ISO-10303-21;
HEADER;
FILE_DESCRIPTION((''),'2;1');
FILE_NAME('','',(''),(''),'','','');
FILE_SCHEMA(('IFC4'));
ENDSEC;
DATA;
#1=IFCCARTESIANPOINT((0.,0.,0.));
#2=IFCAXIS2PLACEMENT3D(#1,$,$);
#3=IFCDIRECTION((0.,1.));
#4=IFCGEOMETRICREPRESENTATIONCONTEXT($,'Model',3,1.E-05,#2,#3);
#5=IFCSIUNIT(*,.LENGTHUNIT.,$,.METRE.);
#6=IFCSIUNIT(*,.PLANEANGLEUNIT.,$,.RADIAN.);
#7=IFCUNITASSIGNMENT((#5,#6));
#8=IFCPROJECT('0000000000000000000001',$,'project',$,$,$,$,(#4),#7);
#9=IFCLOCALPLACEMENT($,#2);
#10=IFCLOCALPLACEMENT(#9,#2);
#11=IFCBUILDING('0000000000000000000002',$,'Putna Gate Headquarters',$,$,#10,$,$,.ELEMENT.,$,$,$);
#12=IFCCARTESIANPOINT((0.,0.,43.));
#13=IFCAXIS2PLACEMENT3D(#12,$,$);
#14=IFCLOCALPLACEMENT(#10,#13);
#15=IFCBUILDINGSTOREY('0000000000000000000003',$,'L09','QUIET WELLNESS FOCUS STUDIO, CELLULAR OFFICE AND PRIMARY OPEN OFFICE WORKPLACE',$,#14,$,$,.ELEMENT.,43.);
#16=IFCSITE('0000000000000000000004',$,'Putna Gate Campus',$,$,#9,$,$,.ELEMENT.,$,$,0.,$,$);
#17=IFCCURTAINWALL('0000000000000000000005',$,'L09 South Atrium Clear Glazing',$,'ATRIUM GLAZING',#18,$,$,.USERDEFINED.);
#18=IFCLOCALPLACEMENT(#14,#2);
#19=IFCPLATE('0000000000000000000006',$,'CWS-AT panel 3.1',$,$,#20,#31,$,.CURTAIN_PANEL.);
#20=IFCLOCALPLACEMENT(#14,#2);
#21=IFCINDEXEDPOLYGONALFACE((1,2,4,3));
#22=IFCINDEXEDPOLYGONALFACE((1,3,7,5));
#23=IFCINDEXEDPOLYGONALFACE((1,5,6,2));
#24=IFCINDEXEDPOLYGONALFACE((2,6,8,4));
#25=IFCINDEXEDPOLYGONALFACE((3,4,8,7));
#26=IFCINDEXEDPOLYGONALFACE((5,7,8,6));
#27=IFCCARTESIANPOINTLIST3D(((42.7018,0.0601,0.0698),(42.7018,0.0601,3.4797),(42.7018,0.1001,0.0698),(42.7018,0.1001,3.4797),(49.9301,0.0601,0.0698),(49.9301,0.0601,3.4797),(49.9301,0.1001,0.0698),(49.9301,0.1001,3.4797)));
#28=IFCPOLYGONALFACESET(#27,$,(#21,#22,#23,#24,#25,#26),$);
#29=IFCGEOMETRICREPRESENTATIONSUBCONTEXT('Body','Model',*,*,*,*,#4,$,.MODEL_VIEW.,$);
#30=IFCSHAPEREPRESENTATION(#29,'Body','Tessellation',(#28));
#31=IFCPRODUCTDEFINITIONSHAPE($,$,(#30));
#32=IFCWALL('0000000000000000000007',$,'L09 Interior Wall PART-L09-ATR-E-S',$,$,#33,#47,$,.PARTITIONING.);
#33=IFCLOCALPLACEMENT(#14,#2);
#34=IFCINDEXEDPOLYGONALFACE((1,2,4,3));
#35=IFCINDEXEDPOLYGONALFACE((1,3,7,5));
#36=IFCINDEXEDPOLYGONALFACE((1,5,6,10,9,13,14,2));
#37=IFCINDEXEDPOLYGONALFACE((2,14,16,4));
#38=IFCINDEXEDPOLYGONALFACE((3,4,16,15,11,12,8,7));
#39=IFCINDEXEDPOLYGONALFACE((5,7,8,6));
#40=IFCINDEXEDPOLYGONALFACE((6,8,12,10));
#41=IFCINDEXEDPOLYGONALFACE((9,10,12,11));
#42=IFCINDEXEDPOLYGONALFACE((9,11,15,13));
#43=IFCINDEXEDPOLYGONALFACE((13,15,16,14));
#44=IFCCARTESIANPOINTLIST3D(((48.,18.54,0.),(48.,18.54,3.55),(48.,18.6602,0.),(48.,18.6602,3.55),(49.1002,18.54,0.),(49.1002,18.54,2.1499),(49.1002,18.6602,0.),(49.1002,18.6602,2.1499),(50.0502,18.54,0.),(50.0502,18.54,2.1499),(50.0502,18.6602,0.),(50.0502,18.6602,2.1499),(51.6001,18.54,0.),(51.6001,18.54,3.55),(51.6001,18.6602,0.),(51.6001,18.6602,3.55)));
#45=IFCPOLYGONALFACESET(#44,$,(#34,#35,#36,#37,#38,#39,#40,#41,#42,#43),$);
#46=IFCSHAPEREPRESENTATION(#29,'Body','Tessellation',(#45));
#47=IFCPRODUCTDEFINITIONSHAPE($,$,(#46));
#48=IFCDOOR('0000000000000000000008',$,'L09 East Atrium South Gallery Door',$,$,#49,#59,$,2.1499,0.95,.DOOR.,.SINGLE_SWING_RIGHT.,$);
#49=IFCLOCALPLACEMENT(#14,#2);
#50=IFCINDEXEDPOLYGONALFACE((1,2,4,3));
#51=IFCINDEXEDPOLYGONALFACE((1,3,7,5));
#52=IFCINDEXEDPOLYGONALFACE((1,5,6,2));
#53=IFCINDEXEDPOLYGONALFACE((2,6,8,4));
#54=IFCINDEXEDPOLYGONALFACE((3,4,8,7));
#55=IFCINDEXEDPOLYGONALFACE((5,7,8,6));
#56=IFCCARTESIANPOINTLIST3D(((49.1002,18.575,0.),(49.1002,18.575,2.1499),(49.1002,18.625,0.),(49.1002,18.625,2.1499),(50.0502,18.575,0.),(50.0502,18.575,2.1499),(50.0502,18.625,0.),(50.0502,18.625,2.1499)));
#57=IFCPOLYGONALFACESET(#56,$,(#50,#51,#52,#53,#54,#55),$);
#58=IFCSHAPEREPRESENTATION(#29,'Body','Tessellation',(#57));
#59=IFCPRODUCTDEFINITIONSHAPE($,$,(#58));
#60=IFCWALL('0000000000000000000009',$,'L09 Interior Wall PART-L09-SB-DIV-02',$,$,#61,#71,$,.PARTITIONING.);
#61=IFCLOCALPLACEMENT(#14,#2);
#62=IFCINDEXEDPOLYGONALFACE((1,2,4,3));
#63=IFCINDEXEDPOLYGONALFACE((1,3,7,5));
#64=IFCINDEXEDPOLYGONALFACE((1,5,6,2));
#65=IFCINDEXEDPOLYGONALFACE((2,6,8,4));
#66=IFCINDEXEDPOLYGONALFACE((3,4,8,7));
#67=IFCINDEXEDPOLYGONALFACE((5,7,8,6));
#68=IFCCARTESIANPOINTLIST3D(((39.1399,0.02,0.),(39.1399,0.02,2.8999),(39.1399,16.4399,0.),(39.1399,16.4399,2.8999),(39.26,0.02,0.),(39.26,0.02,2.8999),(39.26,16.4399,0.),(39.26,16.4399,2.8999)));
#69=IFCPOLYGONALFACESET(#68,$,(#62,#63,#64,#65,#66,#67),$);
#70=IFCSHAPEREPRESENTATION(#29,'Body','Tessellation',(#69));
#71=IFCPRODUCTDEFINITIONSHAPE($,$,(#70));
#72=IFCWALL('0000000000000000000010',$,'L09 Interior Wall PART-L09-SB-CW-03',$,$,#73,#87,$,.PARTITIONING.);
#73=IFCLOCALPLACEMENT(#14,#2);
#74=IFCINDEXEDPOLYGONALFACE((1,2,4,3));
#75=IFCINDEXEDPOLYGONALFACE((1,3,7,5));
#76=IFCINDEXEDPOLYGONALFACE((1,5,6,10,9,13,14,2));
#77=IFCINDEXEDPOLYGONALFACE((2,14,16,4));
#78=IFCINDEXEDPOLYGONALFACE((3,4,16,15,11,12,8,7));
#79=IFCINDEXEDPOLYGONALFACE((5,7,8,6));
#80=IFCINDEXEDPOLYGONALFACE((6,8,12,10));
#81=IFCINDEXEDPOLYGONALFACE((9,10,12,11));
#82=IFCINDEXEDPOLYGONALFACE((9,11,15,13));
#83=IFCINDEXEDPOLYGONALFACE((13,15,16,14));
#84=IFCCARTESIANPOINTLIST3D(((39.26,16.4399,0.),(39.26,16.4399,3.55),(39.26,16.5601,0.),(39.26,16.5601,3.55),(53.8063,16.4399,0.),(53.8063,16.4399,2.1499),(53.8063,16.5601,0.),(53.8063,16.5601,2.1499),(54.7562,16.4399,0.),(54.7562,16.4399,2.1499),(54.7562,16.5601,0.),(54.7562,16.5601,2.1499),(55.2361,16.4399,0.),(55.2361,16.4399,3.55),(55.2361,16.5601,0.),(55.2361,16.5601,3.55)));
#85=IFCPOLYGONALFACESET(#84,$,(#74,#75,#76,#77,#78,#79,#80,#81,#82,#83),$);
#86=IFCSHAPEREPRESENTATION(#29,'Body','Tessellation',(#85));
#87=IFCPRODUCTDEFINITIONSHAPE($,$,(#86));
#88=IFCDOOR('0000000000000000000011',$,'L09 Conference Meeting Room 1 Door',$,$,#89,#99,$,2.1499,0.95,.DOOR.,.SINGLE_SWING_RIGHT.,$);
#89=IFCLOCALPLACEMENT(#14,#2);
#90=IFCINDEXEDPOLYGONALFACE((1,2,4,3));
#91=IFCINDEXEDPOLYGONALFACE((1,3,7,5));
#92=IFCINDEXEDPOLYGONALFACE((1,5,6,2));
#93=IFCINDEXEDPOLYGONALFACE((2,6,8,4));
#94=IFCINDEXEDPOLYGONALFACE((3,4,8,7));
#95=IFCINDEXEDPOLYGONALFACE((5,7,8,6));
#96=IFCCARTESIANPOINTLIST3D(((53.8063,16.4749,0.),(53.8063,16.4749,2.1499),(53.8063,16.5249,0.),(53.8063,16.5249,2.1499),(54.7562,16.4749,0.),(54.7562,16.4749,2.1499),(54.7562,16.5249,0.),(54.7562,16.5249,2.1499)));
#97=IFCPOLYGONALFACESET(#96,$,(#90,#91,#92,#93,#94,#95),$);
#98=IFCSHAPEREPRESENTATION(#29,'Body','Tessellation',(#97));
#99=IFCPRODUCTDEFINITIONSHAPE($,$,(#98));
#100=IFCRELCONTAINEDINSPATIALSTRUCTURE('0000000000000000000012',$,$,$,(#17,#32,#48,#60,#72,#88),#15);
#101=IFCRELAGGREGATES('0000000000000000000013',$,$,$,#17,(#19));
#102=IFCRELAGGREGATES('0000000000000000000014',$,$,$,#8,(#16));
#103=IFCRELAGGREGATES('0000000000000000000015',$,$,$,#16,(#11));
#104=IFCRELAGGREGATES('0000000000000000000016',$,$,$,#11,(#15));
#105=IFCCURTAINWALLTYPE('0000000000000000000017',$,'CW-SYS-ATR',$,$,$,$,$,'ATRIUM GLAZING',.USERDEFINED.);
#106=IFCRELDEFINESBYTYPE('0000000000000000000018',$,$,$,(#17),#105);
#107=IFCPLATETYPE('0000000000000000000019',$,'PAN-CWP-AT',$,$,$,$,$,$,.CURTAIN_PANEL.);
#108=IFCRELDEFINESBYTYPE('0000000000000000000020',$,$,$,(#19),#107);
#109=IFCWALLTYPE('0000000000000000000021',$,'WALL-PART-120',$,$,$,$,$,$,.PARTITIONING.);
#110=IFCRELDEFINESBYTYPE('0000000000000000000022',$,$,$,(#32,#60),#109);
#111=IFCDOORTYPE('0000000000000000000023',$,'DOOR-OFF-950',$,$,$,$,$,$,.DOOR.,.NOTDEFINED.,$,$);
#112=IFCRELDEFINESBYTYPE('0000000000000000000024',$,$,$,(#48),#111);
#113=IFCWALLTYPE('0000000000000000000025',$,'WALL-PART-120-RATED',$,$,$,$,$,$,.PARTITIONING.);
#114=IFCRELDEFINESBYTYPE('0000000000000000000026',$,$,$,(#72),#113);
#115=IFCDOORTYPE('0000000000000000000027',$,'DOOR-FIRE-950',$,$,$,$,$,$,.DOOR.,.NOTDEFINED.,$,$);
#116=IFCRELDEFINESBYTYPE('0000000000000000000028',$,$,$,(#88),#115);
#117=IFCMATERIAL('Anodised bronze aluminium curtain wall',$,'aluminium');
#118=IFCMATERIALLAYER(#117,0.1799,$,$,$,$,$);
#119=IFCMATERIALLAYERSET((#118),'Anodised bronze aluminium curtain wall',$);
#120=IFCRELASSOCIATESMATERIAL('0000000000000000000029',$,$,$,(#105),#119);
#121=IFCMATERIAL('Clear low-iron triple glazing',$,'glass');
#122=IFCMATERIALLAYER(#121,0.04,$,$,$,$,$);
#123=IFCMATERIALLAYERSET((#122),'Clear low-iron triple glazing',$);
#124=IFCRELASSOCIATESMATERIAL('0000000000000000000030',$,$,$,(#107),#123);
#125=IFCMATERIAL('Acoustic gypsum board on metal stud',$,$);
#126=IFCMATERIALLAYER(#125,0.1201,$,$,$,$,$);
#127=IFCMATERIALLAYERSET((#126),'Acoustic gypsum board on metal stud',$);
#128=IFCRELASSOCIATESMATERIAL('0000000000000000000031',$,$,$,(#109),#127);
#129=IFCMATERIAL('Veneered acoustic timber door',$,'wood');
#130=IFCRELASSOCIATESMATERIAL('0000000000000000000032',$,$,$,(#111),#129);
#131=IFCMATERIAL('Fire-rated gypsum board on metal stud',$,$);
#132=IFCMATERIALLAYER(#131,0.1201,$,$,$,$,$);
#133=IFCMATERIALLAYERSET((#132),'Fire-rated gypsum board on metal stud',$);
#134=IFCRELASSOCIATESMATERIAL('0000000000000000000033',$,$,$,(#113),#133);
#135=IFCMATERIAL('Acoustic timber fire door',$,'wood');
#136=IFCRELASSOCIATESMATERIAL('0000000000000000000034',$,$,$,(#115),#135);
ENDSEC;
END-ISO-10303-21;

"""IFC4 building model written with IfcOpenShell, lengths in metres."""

from ifc_helpers import new_model, si_unit, direction, frame, frame_2d, origin, origin_2d, place, context, subcontext, project, spatial, rectangle, extrude, material, layer, layer_set, type_object, element, fill, aggregate, save


model = new_model("IFC4")

# Units and contexts
model_context = context("Model", 3, precision=1e-05, world=origin(), true_north=direction((0.0, 1.0)))
body_context = subcontext(model_context, "Body", "Model", "MODEL_VIEW")
ifc_project = project(units=[si_unit("LENGTHUNIT", "METRE"), si_unit("PLANEANGLEUNIT", "RADIAN")], contexts=[model_context])

# Site, building, storey
site_placement = place(None, origin())
site = spatial("IfcSite", under=ifc_project, at=site_placement, Name="Putna Gate Campus", CompositionType="ELEMENT", RefElevation=0.0)
building_placement = place(site_placement, origin())
building = spatial("IfcBuilding", under=site, at=building_placement, Name="Putna Gate Headquarters", CompositionType="ELEMENT")
storey_placement = place(building_placement, frame((0.0, 0.0, 43.0)))
storey = spatial("IfcBuildingStorey", under=building, at=storey_placement, Name="L09", Description="QUIET WELLNESS FOCUS STUDIO, CELLULAR OFFICE AND PRIMARY OPEN OFFICE WORKPLACE", CompositionType="ELEMENT", Elevation=43.0)

# Curtain wall, plate
ifc_material_1 = material(Name="Anodised bronze aluminium curtain wall", Category="aluminium")
ifc_layer_1 = layer(ifc_material_1, 0.1799)
ifc_layer_set_1 = layer_set([ifc_layer_1], Name="Anodised bronze aluminium curtain wall")
curtain_wall_type = type_object("IfcCurtainWallType", Name="CW-SYS-ATR", ElementType="ATRIUM GLAZING", PredefinedType="USERDEFINED", material=ifc_layer_set_1)
curtain_wall_placement = place(storey_placement, origin())
curtain_wall = element("IfcCurtainWall", 1, at=curtain_wall_placement, inside=storey, type_object=curtain_wall_type, Name="L09 South Atrium Clear Glazing", ObjectType="ATRIUM GLAZING", PredefinedType="USERDEFINED")
ifc_material_2 = material(Name="Clear low-iron triple glazing", Category="glass")
ifc_layer_2 = layer(ifc_material_2, 0.04)
ifc_layer_set_2 = layer_set([ifc_layer_2], Name="Clear low-iron triple glazing")
plate_type = type_object("IfcPlateType", Name="PAN-CWP-AT", PredefinedType="CURTAIN_PANEL", material=ifc_layer_set_2)
plate_1_placement = place(storey_placement, frame((46.3159, 0.0801, 0.0698), z_axis=(0.0, 0.0, 1.0), x_axis=(1.0, 0.0, 0.0)))
plate_1 = element("IfcPlate", 2, at=plate_1_placement, type_object=plate_type, Name="CWS-AT panel 3.1", PredefinedType="CURTAIN_PANEL", context=body_context, shape_type="SweptSolid", body=[
    extrude(rectangle(XDim=7.2283, YDim=0.04, at=origin_2d()), origin(), (0.0, 0.0, 1.0), 3.4099),
])
aggregate(curtain_wall, [plate_1])

# Wall, opening, door
ifc_material_3 = material(Name="Acoustic gypsum board on metal stud")
ifc_layer_3 = layer(ifc_material_3, 0.1201)
ifc_layer_set_3 = layer_set([ifc_layer_3], Name="Acoustic gypsum board on metal stud")
wall_type_1 = type_object("IfcWallType", Name="WALL-PART-120", PredefinedType="PARTITIONING", material=ifc_layer_set_3)
wall_1_placement = place(storey_placement, frame((48.0, 18.6001, 0.0), z_axis=(0.0, 0.0, 1.0), x_axis=(1.0, 0.0, 0.0)))
wall_1 = element("IfcWall", 3, at=wall_1_placement, inside=storey, type_object=wall_type_1, Name="L09 Interior Wall PART-L09-ATR-E-S", PredefinedType="PARTITIONING", context=body_context, shape_type="SweptSolid", body=[
    extrude(rectangle(XDim=3.6001, YDim=0.1201, at=frame_2d((1.8, 0.0))), origin(), (0.0, 0.0, 1.0), 3.55),
])
opening_1_placement = place(wall_1_placement, frame((1.1001, 0.0, 0.0)))
opening_1 = element("IfcOpeningElement", 4, at=opening_1_placement, cuts=wall_1, PredefinedType="OPENING", context=body_context, shape_type="SweptSolid", body=[
    extrude(rectangle(XDim=0.95, YDim=2.1499, at=frame_2d((0.4751, 1.075))), frame((0.0, 0.0701, 0.0), z_axis=(0.0, -1.0, 0.0), x_axis=(1.0, 0.0, 0.0)), (0.0, 0.0, 1.0), 0.1401),
])
ifc_material_4 = material(Name="Veneered acoustic timber door", Category="wood")
door_type_1 = type_object("IfcDoorType", Name="DOOR-OFF-950", OperationType="NOTDEFINED", PredefinedType="DOOR", material=ifc_material_4)
door_1_placement = place(opening_1_placement, origin())
door_1 = element("IfcDoor", 5, at=door_1_placement, inside=storey, type_object=door_type_1, Name="L09 East Atrium South Gallery Door", OperationType="SINGLE_SWING_RIGHT", OverallHeight=2.1499, OverallWidth=0.95, PredefinedType="DOOR", context=body_context, shape_type="SweptSolid", body=[
    extrude(rectangle(XDim=0.95, YDim=2.1499, at=frame_2d((0.4751, 1.075))), frame((0.0, 0.0249, 0.0), z_axis=(0.0, -1.0, 0.0), x_axis=(1.0, 0.0, 0.0)), (0.0, 0.0, 1.0), 0.05),
])
fill(opening_1, door_1)

# Wall
wall_2_placement = place(storey_placement, frame((39.2, 0.02, 0.0), z_axis=(0.0, 0.0, 1.0), x_axis=(0.0, 1.0, 0.0)))
element("IfcWall", 6, at=wall_2_placement, inside=storey, type_object=wall_type_1, Name="L09 Interior Wall PART-L09-SB-DIV-02", PredefinedType="PARTITIONING", context=body_context, shape_type="SweptSolid", body=[
    extrude(rectangle(XDim=16.4199, YDim=0.1201, at=frame_2d((8.21, 0.0))), origin(), (0.0, 0.0, 1.0), 2.8999),
])

# Wall, opening, door
ifc_material_5 = material(Name="Fire-rated gypsum board on metal stud")
ifc_layer_4 = layer(ifc_material_5, 0.1201)
ifc_layer_set_4 = layer_set([ifc_layer_4], Name="Fire-rated gypsum board on metal stud")
wall_type_2 = type_object("IfcWallType", Name="WALL-PART-120-RATED", PredefinedType="PARTITIONING", material=ifc_layer_set_4)
wall_3_placement = place(storey_placement, frame((39.26, 16.5, 0.0), z_axis=(0.0, 0.0, 1.0), x_axis=(1.0, 0.0, 0.0)))
wall_3 = element("IfcWall", 7, at=wall_3_placement, inside=storey, type_object=wall_type_2, Name="L09 Interior Wall PART-L09-SB-CW-03", PredefinedType="PARTITIONING", context=body_context, shape_type="SweptSolid", body=[
    extrude(rectangle(XDim=15.9761, YDim=0.1201, at=frame_2d((7.988, 0.0))), origin(), (0.0, 0.0, 1.0), 3.55),
])
opening_2_placement = place(wall_3_placement, frame((14.5461, 0.0, 0.0)))
opening_2 = element("IfcOpeningElement", 8, at=opening_2_placement, cuts=wall_3, PredefinedType="OPENING", context=body_context, shape_type="SweptSolid", body=[
    extrude(rectangle(XDim=0.95, YDim=2.1499, at=frame_2d((0.4751, 1.075))), frame((0.0, 0.0701, 0.0), z_axis=(0.0, -1.0, 0.0), x_axis=(1.0, 0.0, 0.0)), (0.0, 0.0, 1.0), 0.1401),
])
ifc_material_6 = material(Name="Acoustic timber fire door", Category="wood")
door_type_2 = type_object("IfcDoorType", Name="DOOR-FIRE-950", OperationType="NOTDEFINED", PredefinedType="DOOR", material=ifc_material_6)
door_2_placement = place(opening_2_placement, origin())
door_2 = element("IfcDoor", 9, at=door_2_placement, inside=storey, type_object=door_type_2, Name="L09 Conference Meeting Room 1 Door", OperationType="SINGLE_SWING_RIGHT", OverallHeight=2.1499, OverallWidth=0.95, PredefinedType="DOOR", context=body_context, shape_type="SweptSolid", body=[
    extrude(rectangle(XDim=0.95, YDim=2.1499, at=frame_2d((0.4751, 1.075))), frame((0.0, 0.0249, 0.0), z_axis=(0.0, -1.0, 0.0), x_axis=(1.0, 0.0, 0.0)), (0.0, 0.0, 1.0), 0.05),
])
fill(opening_2, door_2)

save(model, "model.ifc")
